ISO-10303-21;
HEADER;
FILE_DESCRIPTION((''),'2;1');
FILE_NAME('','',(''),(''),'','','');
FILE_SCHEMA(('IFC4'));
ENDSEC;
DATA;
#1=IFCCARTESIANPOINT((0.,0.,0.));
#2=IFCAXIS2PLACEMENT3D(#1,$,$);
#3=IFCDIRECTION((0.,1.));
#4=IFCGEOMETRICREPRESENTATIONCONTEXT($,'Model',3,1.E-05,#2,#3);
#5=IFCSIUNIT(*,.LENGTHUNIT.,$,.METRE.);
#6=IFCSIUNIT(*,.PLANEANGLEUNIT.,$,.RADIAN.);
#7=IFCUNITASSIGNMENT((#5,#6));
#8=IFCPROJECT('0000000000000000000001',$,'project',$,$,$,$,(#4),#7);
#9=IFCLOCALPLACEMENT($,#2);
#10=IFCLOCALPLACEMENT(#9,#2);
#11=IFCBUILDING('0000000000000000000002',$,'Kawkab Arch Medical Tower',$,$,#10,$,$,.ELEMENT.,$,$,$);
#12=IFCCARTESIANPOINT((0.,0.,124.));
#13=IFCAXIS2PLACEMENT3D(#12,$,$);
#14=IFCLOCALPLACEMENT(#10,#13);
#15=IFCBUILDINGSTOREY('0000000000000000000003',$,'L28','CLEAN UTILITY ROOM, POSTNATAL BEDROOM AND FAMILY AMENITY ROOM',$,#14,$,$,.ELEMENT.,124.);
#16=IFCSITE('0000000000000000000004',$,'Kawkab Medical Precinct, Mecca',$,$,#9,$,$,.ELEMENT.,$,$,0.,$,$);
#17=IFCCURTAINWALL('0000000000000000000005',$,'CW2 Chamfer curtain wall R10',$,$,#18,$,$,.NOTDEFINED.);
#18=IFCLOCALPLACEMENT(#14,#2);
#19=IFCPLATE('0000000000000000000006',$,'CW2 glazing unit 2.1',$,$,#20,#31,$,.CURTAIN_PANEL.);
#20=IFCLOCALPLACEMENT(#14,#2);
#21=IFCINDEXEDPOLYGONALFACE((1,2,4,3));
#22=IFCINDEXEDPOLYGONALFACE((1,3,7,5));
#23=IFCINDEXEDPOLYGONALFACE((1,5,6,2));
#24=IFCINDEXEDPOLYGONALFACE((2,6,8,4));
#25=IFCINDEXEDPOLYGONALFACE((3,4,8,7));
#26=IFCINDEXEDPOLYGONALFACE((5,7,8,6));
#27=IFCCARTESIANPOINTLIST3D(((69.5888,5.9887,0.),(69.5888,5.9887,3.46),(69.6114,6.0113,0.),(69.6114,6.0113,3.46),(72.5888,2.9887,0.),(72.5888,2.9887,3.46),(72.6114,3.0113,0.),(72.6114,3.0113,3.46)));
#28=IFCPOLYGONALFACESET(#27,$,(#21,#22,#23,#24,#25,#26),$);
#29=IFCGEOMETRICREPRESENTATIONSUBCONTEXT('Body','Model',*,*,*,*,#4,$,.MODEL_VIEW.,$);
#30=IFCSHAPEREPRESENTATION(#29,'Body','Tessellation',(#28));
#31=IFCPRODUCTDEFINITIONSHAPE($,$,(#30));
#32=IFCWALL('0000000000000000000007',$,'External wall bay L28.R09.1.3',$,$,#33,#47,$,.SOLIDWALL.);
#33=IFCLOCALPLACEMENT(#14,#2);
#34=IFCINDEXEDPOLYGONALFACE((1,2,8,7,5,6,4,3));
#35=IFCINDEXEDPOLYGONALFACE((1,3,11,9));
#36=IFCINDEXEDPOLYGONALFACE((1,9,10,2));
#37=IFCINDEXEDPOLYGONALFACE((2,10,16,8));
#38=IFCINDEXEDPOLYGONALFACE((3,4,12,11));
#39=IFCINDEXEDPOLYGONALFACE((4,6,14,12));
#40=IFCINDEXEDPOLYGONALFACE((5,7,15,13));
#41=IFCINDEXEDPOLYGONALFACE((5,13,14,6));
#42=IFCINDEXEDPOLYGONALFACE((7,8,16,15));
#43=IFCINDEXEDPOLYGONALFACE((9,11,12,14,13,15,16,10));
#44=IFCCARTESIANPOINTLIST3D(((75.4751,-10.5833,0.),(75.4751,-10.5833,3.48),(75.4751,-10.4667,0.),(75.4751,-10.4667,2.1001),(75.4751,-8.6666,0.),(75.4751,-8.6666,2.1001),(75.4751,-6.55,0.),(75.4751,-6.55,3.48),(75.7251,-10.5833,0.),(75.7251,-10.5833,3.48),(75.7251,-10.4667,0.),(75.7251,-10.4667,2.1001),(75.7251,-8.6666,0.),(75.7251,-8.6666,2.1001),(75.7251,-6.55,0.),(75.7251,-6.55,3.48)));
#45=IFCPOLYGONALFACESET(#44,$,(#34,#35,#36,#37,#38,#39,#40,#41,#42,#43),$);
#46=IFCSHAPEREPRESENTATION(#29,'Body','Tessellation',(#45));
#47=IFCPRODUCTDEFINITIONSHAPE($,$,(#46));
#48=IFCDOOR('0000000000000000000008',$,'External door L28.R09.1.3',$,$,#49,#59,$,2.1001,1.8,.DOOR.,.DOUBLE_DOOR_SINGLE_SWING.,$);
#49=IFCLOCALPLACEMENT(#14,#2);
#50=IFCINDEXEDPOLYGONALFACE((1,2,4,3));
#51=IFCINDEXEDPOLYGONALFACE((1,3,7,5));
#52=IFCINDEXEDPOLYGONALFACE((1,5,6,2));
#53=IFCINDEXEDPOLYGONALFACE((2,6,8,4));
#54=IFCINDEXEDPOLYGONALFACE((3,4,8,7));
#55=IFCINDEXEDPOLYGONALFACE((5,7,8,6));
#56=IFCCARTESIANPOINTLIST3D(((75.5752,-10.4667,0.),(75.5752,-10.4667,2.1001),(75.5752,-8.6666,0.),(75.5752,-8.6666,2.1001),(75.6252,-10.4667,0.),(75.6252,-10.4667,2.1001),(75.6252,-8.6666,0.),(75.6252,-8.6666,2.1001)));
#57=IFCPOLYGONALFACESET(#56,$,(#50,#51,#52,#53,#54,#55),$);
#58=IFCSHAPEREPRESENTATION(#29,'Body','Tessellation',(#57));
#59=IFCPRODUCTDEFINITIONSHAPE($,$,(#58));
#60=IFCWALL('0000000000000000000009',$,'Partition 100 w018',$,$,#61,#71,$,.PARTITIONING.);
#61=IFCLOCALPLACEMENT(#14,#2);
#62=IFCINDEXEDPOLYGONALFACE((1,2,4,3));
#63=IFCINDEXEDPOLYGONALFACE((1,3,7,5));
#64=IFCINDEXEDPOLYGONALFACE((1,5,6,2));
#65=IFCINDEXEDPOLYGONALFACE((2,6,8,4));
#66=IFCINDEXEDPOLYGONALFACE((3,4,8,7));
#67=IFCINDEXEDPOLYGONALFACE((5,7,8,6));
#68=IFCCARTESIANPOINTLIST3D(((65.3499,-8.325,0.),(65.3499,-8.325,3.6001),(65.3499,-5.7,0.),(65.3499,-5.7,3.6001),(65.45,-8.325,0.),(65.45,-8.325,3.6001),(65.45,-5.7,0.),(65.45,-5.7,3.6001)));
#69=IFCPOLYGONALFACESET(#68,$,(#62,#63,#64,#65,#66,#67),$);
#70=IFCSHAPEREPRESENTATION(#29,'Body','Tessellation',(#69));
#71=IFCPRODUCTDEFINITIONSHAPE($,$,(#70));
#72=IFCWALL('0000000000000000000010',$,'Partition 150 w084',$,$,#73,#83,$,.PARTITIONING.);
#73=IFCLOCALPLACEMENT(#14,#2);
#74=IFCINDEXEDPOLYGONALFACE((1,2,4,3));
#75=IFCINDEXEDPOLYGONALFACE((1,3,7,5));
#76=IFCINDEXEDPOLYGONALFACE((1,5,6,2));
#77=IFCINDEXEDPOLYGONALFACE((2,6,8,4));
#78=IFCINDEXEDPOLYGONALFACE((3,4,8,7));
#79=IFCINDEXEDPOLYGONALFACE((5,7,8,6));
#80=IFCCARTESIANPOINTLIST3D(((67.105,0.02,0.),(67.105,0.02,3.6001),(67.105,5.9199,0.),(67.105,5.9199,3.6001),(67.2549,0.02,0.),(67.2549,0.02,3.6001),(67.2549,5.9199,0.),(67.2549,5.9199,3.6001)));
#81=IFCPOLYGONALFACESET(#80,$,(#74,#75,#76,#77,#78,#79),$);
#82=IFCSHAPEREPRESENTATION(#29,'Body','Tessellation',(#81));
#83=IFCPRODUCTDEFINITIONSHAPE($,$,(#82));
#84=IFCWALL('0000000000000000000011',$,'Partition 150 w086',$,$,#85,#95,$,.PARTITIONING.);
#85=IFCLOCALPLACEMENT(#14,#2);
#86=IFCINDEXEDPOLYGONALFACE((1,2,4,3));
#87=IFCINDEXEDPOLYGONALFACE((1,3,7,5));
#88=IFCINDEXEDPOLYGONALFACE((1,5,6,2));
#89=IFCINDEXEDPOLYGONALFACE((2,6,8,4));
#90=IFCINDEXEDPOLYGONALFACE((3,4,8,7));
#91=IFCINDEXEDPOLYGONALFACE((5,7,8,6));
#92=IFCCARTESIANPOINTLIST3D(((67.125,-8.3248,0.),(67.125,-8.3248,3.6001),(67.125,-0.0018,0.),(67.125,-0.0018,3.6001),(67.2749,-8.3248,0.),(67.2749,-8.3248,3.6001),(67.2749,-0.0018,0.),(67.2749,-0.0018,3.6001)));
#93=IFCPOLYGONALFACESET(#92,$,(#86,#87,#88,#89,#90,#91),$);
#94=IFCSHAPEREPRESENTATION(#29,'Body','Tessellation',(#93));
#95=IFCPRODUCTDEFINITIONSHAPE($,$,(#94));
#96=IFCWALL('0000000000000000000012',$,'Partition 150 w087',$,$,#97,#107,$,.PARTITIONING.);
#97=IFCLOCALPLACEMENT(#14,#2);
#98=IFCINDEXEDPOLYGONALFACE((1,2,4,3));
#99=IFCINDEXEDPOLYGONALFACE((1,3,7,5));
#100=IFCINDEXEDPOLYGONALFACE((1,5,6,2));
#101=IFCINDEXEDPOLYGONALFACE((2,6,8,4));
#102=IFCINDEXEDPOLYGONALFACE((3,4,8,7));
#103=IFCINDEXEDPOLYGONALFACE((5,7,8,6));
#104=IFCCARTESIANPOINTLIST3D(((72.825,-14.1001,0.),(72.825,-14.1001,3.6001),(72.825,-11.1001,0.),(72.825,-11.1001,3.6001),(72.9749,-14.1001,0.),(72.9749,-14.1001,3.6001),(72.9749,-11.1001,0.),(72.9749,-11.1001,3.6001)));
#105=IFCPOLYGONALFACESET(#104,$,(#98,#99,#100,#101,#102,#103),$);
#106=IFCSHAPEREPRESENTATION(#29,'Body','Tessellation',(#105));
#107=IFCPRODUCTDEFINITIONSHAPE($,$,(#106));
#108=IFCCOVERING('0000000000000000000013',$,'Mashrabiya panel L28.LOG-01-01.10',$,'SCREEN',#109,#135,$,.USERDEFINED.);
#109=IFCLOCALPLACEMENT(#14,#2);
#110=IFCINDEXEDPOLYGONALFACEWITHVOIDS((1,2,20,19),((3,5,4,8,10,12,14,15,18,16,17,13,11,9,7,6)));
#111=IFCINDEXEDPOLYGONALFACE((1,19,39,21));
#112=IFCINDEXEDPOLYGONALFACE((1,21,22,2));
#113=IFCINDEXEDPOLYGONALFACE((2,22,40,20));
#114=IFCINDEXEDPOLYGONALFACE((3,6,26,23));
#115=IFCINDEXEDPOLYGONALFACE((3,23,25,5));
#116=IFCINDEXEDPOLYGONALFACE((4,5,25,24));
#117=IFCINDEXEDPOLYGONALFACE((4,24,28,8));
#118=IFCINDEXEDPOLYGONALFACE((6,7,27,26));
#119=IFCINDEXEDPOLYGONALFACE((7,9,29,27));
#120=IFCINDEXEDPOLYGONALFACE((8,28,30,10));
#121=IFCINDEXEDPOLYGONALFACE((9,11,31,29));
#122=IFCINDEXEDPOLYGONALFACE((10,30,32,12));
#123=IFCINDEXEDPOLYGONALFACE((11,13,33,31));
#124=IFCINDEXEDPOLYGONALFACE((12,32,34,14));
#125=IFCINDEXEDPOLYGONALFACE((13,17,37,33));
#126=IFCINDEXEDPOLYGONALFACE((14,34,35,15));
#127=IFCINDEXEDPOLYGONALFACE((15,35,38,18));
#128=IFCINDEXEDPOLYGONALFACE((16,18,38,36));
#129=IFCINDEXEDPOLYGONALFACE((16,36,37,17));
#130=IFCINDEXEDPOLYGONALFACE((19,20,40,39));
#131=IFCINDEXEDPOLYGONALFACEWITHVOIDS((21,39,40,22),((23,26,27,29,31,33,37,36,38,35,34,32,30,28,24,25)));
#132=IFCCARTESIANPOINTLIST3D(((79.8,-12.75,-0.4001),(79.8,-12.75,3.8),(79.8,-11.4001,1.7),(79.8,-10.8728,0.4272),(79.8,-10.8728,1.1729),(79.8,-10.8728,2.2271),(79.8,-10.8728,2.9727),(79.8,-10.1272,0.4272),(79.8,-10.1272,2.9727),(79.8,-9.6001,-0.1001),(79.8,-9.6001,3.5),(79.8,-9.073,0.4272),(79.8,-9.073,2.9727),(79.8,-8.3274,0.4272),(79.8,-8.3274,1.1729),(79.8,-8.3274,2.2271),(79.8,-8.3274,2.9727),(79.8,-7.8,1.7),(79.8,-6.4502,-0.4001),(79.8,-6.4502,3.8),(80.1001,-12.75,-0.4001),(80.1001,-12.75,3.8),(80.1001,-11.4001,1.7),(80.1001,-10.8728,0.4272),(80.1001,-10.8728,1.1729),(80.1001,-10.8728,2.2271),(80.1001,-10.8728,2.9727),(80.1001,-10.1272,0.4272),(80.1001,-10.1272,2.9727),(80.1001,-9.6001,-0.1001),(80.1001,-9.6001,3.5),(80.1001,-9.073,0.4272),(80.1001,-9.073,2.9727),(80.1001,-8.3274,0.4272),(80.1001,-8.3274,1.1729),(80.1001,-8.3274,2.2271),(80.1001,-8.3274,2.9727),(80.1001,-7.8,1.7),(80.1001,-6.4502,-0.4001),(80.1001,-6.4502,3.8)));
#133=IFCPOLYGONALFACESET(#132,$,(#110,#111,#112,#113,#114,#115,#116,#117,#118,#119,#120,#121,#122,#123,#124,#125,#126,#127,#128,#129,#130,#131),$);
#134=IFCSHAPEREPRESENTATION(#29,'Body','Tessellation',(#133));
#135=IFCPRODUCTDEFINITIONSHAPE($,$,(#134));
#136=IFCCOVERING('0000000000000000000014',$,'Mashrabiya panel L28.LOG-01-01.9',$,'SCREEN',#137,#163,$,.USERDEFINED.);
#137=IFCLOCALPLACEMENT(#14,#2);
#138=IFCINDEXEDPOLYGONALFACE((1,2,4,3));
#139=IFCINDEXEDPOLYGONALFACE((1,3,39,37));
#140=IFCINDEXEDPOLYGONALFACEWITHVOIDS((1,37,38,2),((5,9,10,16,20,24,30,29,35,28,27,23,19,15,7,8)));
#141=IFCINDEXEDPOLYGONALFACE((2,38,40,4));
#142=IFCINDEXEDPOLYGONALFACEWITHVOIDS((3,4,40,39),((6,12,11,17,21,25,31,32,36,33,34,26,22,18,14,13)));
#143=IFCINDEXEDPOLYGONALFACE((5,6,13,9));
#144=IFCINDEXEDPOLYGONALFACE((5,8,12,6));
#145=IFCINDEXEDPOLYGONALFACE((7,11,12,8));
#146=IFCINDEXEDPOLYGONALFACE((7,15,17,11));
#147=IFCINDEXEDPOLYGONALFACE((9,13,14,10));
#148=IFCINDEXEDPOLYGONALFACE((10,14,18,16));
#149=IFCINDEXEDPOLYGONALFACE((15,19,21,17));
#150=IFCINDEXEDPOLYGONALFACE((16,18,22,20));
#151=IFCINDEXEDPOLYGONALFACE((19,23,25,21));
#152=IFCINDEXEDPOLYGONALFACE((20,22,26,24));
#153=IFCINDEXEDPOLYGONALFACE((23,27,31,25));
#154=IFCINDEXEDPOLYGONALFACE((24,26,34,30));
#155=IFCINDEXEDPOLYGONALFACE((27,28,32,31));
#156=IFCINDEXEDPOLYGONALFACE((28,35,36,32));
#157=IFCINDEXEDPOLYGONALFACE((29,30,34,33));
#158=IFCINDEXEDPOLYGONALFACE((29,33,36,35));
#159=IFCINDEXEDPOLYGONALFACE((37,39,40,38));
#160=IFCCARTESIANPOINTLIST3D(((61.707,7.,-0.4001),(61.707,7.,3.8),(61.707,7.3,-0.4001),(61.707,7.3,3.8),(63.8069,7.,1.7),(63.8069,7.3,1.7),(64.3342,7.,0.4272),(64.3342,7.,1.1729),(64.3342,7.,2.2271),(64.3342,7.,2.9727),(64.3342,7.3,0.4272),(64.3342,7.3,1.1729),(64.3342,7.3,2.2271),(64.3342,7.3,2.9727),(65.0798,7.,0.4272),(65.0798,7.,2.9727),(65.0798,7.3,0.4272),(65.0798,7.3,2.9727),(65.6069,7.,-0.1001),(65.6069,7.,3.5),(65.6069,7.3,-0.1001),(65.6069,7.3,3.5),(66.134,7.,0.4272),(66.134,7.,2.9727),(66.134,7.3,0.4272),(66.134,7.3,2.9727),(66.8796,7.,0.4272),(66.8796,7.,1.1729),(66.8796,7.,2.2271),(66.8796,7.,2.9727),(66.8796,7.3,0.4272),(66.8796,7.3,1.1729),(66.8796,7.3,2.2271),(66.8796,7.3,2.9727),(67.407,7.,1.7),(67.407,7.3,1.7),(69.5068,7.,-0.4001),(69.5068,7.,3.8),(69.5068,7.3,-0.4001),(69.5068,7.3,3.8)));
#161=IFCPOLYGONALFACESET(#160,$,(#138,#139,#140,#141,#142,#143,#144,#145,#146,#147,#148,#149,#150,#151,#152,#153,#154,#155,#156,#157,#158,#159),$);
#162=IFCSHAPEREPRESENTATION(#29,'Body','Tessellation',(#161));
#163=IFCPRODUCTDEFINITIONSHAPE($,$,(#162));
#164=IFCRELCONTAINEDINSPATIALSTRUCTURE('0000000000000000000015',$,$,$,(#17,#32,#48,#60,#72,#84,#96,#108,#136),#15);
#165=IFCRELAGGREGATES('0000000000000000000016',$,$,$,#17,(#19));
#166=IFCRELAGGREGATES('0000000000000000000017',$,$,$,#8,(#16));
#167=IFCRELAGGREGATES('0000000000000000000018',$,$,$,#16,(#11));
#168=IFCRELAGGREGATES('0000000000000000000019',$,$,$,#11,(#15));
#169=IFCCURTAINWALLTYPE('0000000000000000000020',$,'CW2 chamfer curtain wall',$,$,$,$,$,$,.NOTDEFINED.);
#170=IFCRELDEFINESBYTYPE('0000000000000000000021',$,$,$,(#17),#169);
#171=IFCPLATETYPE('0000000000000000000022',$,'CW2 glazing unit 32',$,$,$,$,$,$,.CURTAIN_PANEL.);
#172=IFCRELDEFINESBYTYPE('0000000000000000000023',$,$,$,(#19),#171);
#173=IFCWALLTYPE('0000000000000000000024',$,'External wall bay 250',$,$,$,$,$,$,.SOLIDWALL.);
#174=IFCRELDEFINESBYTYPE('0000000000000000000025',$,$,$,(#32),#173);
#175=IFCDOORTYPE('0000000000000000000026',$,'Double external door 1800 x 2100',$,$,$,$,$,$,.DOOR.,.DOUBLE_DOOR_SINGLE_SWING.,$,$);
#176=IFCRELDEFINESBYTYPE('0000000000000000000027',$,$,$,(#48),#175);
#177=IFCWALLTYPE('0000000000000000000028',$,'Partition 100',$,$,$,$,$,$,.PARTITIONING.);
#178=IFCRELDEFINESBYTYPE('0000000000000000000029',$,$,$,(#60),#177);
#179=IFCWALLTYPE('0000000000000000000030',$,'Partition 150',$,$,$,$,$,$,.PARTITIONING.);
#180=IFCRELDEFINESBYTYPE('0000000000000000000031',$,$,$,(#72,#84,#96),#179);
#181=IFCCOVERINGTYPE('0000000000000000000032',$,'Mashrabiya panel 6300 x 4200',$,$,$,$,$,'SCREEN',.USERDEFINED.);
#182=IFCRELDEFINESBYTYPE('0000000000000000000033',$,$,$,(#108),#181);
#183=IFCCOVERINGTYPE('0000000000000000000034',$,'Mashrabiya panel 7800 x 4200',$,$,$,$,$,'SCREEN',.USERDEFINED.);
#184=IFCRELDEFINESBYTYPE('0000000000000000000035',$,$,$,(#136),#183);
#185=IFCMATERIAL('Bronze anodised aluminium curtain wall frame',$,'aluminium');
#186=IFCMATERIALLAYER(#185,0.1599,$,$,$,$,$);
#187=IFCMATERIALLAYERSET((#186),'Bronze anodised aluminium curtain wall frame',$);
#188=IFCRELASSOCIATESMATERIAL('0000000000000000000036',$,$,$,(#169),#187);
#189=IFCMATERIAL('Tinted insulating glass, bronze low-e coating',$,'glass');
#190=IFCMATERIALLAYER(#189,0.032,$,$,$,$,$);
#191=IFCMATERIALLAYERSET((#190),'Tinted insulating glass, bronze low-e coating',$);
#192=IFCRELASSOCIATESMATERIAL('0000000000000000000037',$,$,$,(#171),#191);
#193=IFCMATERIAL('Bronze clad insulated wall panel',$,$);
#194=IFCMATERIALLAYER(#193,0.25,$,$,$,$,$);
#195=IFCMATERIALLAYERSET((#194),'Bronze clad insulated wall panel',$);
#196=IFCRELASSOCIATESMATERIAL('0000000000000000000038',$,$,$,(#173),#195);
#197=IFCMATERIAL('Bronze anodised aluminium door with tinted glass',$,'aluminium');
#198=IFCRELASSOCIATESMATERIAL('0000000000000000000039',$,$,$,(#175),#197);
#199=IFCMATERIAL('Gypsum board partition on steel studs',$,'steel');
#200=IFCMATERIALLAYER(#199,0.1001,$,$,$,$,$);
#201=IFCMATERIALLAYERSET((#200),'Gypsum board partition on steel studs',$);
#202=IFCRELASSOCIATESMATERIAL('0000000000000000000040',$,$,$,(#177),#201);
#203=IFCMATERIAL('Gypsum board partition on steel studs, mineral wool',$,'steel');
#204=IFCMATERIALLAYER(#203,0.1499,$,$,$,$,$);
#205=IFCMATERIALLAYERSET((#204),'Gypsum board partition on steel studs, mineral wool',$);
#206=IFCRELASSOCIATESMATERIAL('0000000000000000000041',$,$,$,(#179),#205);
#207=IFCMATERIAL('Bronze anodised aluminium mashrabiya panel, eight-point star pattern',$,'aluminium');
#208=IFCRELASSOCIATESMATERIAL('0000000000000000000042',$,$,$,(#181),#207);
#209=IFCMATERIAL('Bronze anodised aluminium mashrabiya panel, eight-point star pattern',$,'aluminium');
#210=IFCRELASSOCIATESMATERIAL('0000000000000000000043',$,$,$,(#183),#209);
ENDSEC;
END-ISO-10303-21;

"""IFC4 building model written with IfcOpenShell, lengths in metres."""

from ifc_helpers import new_model, si_unit, direction, frame, frame_2d, origin, origin_2d, place, context, subcontext, project, spatial, polyline, rectangle, outline, extrude, material, layer, layer_set, material_profile, profile_set, type_object, element, fill, aggregate, save


model = new_model("IFC4")

# Units and contexts
model_context = context("Model", 3, precision=1e-05, world=origin(), true_north=direction((0.0, 1.0)))
body_context = subcontext(model_context, "Body", "Model", "MODEL_VIEW")
ifc_project = project(units=[si_unit("LENGTHUNIT", "METRE"), si_unit("PLANEANGLEUNIT", "RADIAN")], contexts=[model_context])

# Site, building, storey
site_placement = place(None, origin())
site = spatial("IfcSite", under=ifc_project, at=site_placement, Name="Kawkab Medical Precinct, Mecca", CompositionType="ELEMENT", RefElevation=0.0)
building_placement = place(site_placement, origin())
building = spatial("IfcBuilding", under=site, at=building_placement, Name="Kawkab Arch Medical Tower", CompositionType="ELEMENT")
storey_placement = place(building_placement, frame((0.0, 0.0, 124.0)))
storey = spatial("IfcBuildingStorey", under=building, at=storey_placement, Name="L28", Description="CLEAN UTILITY ROOM, POSTNATAL BEDROOM AND FAMILY AMENITY ROOM", CompositionType="ELEMENT", Elevation=124.0)

# Shared definitions
placement = place(storey_placement, origin())

# Curtain wall
ifc_material_1 = material(Name="Bronze anodised aluminium curtain wall frame", Category="aluminium")
ifc_layer_1 = layer(ifc_material_1, 0.1599)
ifc_layer_set_1 = layer_set([ifc_layer_1], Name="Bronze anodised aluminium curtain wall frame")
curtain_wall_type_1 = type_object("IfcCurtainWallType", Name="CW2 chamfer curtain wall", PredefinedType="NOTDEFINED", material=ifc_layer_set_1)
curtain_wall_1 = element("IfcCurtainWall", 1, at=placement, inside=storey, type_object=curtain_wall_type_1, Name="CW2 Chamfer curtain wall R10", PredefinedType="NOTDEFINED")

# Plate
ifc_material_2 = material(Name="Tinted insulating glass, bronze low-e coating", Category="glass")
ifc_layer_2 = layer(ifc_material_2, 0.032)
ifc_layer_set_2 = layer_set([ifc_layer_2], Name="Tinted insulating glass, bronze low-e coating")
plate_type_1 = type_object("IfcPlateType", Name="CW2 glazing unit 32", PredefinedType="CURTAIN_PANEL", material=ifc_layer_set_2)
plate_1_placement = place(storey_placement, frame((71.1001, 4.5, 0.0), z_axis=(0.0, 0.0, 1.0), x_axis=(-0.707107, 0.707107, 0.0)))
plate_1 = element("IfcPlate", 2, at=plate_1_placement, type_object=plate_type_1, Name="CW2 glazing unit 2.1", PredefinedType="CURTAIN_PANEL", context=body_context, shape_type="SweptSolid", body=[
    extrude(rectangle(XDim=4.2427, YDim=0.032, at=origin_2d()), origin(), (0.0, 0.0, 1.0), 3.46),
])
aggregate(curtain_wall_1, [plate_1])

# Wall, opening, door
ifc_material_3 = material(Name="Bronze clad insulated wall panel")
ifc_layer_3 = layer(ifc_material_3, 0.25)
ifc_layer_set_3 = layer_set([ifc_layer_3], Name="Bronze clad insulated wall panel")
wall_type_1 = type_object("IfcWallType", Name="External wall bay 250", PredefinedType="SOLIDWALL", material=ifc_layer_set_3)
wall_1_placement = place(storey_placement, frame((75.6001, -10.5833, 0.0), z_axis=(0.0, 0.0, 1.0), x_axis=(0.0, 1.0, 0.0)))
wall_1 = element("IfcWall", 3, at=wall_1_placement, inside=storey, type_object=wall_type_1, Name="External wall bay L28.R09.1.3", PredefinedType="SOLIDWALL", context=body_context, shape_type="SweptSolid", body=[
    extrude(rectangle(XDim=4.0332, YDim=0.25, at=frame_2d((2.0166, 0.0))), origin(), (0.0, 0.0, 1.0), 3.48),
])
opening_placement = place(wall_1_placement, frame((0.1167, 0.0, 0.0)))
opening = element("IfcOpeningElement", 4, at=opening_placement, cuts=wall_1, PredefinedType="OPENING", context=body_context, shape_type="SweptSolid", body=[
    extrude(rectangle(XDim=1.8, YDim=2.1001, at=frame_2d((0.8999, 1.05))), frame((0.0, 0.135, 0.0), z_axis=(0.0, -1.0, 0.0), x_axis=(1.0, 0.0, 0.0)), (0.0, 0.0, 1.0), 0.27),
])
ifc_material_4 = material(Name="Bronze anodised aluminium door with tinted glass", Category="aluminium")
door_type = type_object("IfcDoorType", Name="Double external door 1800 x 2100", OperationType="DOUBLE_DOOR_SINGLE_SWING", PredefinedType="DOOR", material=ifc_material_4)
door_placement = place(opening_placement, origin())
door = element("IfcDoor", 5, at=door_placement, inside=storey, type_object=door_type, Name="External door L28.R09.1.3", OperationType="DOUBLE_DOOR_SINGLE_SWING", OverallHeight=2.1001, OverallWidth=1.8, PredefinedType="DOOR", context=body_context, shape_type="SweptSolid", body=[
    extrude(rectangle(XDim=1.8, YDim=2.1001, at=frame_2d((0.8999, 1.05))), frame((0.0, 0.0249, 0.0), z_axis=(0.0, -1.0, 0.0), x_axis=(1.0, 0.0, 0.0)), (0.0, 0.0, 1.0), 0.05),
])
fill(opening, door)

# Walls
ifc_material_5 = material(Name="Gypsum board partition on steel studs", Category="steel")
ifc_layer_4 = layer(ifc_material_5, 0.1001)
ifc_layer_set_4 = layer_set([ifc_layer_4], Name="Gypsum board partition on steel studs")
wall_type_2 = type_object("IfcWallType", Name="Partition 100", PredefinedType="PARTITIONING", material=ifc_layer_set_4)
wall_2_placement = place(storey_placement, frame((65.3999, -8.325, 0.0), z_axis=(0.0, 0.0, 1.0), x_axis=(0.0, 1.0, 0.0)))
element("IfcWall", 6, at=wall_2_placement, inside=storey, type_object=wall_type_2, Name="Partition 100 w018", PredefinedType="PARTITIONING", context=body_context, shape_type="SweptSolid", body=[
    extrude(rectangle(XDim=2.625, YDim=0.1001, at=frame_2d((1.3125, 0.0))), origin(), (0.0, 0.0, 1.0), 3.6001),
])
ifc_material_6 = material(Name="Gypsum board partition on steel studs, mineral wool", Category="steel")
ifc_layer_5 = layer(ifc_material_6, 0.1499)
ifc_layer_set_5 = layer_set([ifc_layer_5], Name="Gypsum board partition on steel studs, mineral wool")
wall_type_3 = type_object("IfcWallType", Name="Partition 150", PredefinedType="PARTITIONING", material=ifc_layer_set_5)
wall_3_placement = place(storey_placement, frame((67.1799, 0.02, 0.0), z_axis=(0.0, 0.0, 1.0), x_axis=(0.0, 1.0, 0.0)))
element("IfcWall", 7, at=wall_3_placement, inside=storey, type_object=wall_type_3, Name="Partition 150 w084", PredefinedType="PARTITIONING", context=body_context, shape_type="SweptSolid", body=[
    extrude(rectangle(XDim=5.8999, YDim=0.1499, at=frame_2d((2.95, 0.0))), origin(), (0.0, 0.0, 1.0), 3.6001),
])
wall_4_placement = place(storey_placement, frame((67.2, -8.325, 0.0), z_axis=(0.0, 0.0, 1.0), x_axis=(0.0, 1.0, 0.0)))
element("IfcWall", 8, at=wall_4_placement, inside=storey, type_object=wall_type_3, Name="Partition 150 w086", PredefinedType="PARTITIONING", context=body_context, shape_type="SweptSolid", body=[
    extrude(rectangle(XDim=8.323, YDim=0.1499, at=frame_2d((4.1616, 0.0))), origin(), (0.0, 0.0, 1.0), 3.6001),
])
wall_5_placement = place(storey_placement, frame((72.8999, -14.1001, 0.0), z_axis=(0.0, 0.0, 1.0), x_axis=(0.0, 1.0, 0.0)))
element("IfcWall", 9, at=wall_5_placement, inside=storey, type_object=wall_type_3, Name="Partition 150 w087", PredefinedType="PARTITIONING", context=body_context, shape_type="SweptSolid", body=[
    extrude(rectangle(XDim=3.0, YDim=0.1499, at=frame_2d((1.5, 0.0))), origin(), (0.0, 0.0, 1.0), 3.6001),
])

# Coverings
ifc_material_7 = material(Name="Bronze anodised aluminium mashrabiya panel, eight-point star pattern", Category="aluminium")
ifc_material_profile_1 = material_profile(ifc_material_7, outline(polyline([(-3.1499, -2.1001), (3.1499, -2.1001), (3.1499, 2.1001), (-3.1499, 2.1001), (-3.1499, -2.1001)]), holes=[polyline([(1.8, 0.0), (1.2727, 0.5271), (1.2727, 1.2727), (0.5271, 1.2727), (0.0, 1.8), (-0.5271, 1.2727), (-1.2727, 1.2727), (-1.2727, 0.5271), (-1.8, 0.0), (-1.2727, -0.5271), (-1.2727, -1.2727), (-0.5271, -1.2727), (0.0, -1.8), (0.5271, -1.2727), (1.2727, -1.2727), (1.2727, -0.5271), (1.8, 0.0)])]), Name="Mashrabiya panel 6300x4200")
ifc_profile_set_1 = profile_set([ifc_material_profile_1], Name="Bronze anodised aluminium mashrabiya panel, eight-point star pattern")
covering_type_1 = type_object("IfcCoveringType", Name="Mashrabiya panel 6300 x 4200", ElementType="SCREEN", PredefinedType="USERDEFINED", material=ifc_profile_set_1)
covering_1_placement = place(storey_placement, frame((79.8, -9.6001, 1.7), z_axis=(1.0, 0.0, 0.0), x_axis=(0.0, 1.0, 0.0)))
element("IfcCovering", 10, at=covering_1_placement, inside=storey, type_object=covering_type_1, Name="Mashrabiya panel L28.LOG-01-01.10", ObjectType="SCREEN", PredefinedType="USERDEFINED", context=body_context, shape_type="SweptSolid", body=[
    extrude(outline(polyline([(-3.1499, -2.1001), (3.1499, -2.1001), (3.1499, 2.1001), (-3.1499, 2.1001), (-3.1499, -2.1001)]), holes=[polyline([(1.8, 0.0), (1.2727, 0.5271), (1.2727, 1.2727), (0.5271, 1.2727), (0.0, 1.8), (-0.5271, 1.2727), (-1.2727, 1.2727), (-1.2727, 0.5271), (-1.8, 0.0), (-1.2727, -0.5271), (-1.2727, -1.2727), (-0.5271, -1.2727), (0.0, -1.8), (0.5271, -1.2727), (1.2727, -1.2727), (1.2727, -0.5271), (1.8, 0.0)])]), origin(), (0.0, 0.0, 1.0), 0.3),
])
ifc_material_8 = material(Name="Bronze anodised aluminium mashrabiya panel, eight-point star pattern", Category="aluminium")
ifc_material_profile_2 = material_profile(ifc_material_8, outline(polyline([(-3.8999, -2.1001), (3.8999, -2.1001), (3.8999, 2.1001), (-3.8999, 2.1001), (-3.8999, -2.1001)]), holes=[polyline([(1.8, 0.0), (1.2727, 0.5271), (1.2727, 1.2727), (0.5271, 1.2727), (0.0, 1.8), (-0.5271, 1.2727), (-1.2727, 1.2727), (-1.2727, 0.5271), (-1.8, 0.0), (-1.2727, -0.5271), (-1.2727, -1.2727), (-0.5271, -1.2727), (0.0, -1.8), (0.5271, -1.2727), (1.2727, -1.2727), (1.2727, -0.5271), (1.8, 0.0)])]), Name="Mashrabiya panel 7800x4200")
ifc_profile_set_2 = profile_set([ifc_material_profile_2], Name="Bronze anodised aluminium mashrabiya panel, eight-point star pattern")
covering_type_2 = type_object("IfcCoveringType", Name="Mashrabiya panel 7800 x 4200", ElementType="SCREEN", PredefinedType="USERDEFINED", material=ifc_profile_set_2)
covering_2_placement = place(storey_placement, frame((65.6069, 7.0, 1.7), z_axis=(0.0, 1.0, 0.0), x_axis=(-1.0, 0.0, 0.0)))
element("IfcCovering", 11, at=covering_2_placement, inside=storey, type_object=covering_type_2, Name="Mashrabiya panel L28.LOG-01-01.9", ObjectType="SCREEN", PredefinedType="USERDEFINED", context=body_context, shape_type="SweptSolid", body=[
    extrude(outline(polyline([(-3.8999, -2.1001), (3.8999, -2.1001), (3.8999, 2.1001), (-3.8999, 2.1001), (-3.8999, -2.1001)]), holes=[polyline([(1.8, 0.0), (1.2727, 0.5271), (1.2727, 1.2727), (0.5271, 1.2727), (0.0, 1.8), (-0.5271, 1.2727), (-1.2727, 1.2727), (-1.2727, 0.5271), (-1.8, 0.0), (-1.2727, -0.5271), (-1.2727, -1.2727), (-0.5271, -1.2727), (0.0, -1.8), (0.5271, -1.2727), (1.2727, -1.2727), (1.2727, -0.5271), (1.8, 0.0)])]), origin(), (0.0, 0.0, 1.0), 0.3),
])

save(model, "model.ifc")
